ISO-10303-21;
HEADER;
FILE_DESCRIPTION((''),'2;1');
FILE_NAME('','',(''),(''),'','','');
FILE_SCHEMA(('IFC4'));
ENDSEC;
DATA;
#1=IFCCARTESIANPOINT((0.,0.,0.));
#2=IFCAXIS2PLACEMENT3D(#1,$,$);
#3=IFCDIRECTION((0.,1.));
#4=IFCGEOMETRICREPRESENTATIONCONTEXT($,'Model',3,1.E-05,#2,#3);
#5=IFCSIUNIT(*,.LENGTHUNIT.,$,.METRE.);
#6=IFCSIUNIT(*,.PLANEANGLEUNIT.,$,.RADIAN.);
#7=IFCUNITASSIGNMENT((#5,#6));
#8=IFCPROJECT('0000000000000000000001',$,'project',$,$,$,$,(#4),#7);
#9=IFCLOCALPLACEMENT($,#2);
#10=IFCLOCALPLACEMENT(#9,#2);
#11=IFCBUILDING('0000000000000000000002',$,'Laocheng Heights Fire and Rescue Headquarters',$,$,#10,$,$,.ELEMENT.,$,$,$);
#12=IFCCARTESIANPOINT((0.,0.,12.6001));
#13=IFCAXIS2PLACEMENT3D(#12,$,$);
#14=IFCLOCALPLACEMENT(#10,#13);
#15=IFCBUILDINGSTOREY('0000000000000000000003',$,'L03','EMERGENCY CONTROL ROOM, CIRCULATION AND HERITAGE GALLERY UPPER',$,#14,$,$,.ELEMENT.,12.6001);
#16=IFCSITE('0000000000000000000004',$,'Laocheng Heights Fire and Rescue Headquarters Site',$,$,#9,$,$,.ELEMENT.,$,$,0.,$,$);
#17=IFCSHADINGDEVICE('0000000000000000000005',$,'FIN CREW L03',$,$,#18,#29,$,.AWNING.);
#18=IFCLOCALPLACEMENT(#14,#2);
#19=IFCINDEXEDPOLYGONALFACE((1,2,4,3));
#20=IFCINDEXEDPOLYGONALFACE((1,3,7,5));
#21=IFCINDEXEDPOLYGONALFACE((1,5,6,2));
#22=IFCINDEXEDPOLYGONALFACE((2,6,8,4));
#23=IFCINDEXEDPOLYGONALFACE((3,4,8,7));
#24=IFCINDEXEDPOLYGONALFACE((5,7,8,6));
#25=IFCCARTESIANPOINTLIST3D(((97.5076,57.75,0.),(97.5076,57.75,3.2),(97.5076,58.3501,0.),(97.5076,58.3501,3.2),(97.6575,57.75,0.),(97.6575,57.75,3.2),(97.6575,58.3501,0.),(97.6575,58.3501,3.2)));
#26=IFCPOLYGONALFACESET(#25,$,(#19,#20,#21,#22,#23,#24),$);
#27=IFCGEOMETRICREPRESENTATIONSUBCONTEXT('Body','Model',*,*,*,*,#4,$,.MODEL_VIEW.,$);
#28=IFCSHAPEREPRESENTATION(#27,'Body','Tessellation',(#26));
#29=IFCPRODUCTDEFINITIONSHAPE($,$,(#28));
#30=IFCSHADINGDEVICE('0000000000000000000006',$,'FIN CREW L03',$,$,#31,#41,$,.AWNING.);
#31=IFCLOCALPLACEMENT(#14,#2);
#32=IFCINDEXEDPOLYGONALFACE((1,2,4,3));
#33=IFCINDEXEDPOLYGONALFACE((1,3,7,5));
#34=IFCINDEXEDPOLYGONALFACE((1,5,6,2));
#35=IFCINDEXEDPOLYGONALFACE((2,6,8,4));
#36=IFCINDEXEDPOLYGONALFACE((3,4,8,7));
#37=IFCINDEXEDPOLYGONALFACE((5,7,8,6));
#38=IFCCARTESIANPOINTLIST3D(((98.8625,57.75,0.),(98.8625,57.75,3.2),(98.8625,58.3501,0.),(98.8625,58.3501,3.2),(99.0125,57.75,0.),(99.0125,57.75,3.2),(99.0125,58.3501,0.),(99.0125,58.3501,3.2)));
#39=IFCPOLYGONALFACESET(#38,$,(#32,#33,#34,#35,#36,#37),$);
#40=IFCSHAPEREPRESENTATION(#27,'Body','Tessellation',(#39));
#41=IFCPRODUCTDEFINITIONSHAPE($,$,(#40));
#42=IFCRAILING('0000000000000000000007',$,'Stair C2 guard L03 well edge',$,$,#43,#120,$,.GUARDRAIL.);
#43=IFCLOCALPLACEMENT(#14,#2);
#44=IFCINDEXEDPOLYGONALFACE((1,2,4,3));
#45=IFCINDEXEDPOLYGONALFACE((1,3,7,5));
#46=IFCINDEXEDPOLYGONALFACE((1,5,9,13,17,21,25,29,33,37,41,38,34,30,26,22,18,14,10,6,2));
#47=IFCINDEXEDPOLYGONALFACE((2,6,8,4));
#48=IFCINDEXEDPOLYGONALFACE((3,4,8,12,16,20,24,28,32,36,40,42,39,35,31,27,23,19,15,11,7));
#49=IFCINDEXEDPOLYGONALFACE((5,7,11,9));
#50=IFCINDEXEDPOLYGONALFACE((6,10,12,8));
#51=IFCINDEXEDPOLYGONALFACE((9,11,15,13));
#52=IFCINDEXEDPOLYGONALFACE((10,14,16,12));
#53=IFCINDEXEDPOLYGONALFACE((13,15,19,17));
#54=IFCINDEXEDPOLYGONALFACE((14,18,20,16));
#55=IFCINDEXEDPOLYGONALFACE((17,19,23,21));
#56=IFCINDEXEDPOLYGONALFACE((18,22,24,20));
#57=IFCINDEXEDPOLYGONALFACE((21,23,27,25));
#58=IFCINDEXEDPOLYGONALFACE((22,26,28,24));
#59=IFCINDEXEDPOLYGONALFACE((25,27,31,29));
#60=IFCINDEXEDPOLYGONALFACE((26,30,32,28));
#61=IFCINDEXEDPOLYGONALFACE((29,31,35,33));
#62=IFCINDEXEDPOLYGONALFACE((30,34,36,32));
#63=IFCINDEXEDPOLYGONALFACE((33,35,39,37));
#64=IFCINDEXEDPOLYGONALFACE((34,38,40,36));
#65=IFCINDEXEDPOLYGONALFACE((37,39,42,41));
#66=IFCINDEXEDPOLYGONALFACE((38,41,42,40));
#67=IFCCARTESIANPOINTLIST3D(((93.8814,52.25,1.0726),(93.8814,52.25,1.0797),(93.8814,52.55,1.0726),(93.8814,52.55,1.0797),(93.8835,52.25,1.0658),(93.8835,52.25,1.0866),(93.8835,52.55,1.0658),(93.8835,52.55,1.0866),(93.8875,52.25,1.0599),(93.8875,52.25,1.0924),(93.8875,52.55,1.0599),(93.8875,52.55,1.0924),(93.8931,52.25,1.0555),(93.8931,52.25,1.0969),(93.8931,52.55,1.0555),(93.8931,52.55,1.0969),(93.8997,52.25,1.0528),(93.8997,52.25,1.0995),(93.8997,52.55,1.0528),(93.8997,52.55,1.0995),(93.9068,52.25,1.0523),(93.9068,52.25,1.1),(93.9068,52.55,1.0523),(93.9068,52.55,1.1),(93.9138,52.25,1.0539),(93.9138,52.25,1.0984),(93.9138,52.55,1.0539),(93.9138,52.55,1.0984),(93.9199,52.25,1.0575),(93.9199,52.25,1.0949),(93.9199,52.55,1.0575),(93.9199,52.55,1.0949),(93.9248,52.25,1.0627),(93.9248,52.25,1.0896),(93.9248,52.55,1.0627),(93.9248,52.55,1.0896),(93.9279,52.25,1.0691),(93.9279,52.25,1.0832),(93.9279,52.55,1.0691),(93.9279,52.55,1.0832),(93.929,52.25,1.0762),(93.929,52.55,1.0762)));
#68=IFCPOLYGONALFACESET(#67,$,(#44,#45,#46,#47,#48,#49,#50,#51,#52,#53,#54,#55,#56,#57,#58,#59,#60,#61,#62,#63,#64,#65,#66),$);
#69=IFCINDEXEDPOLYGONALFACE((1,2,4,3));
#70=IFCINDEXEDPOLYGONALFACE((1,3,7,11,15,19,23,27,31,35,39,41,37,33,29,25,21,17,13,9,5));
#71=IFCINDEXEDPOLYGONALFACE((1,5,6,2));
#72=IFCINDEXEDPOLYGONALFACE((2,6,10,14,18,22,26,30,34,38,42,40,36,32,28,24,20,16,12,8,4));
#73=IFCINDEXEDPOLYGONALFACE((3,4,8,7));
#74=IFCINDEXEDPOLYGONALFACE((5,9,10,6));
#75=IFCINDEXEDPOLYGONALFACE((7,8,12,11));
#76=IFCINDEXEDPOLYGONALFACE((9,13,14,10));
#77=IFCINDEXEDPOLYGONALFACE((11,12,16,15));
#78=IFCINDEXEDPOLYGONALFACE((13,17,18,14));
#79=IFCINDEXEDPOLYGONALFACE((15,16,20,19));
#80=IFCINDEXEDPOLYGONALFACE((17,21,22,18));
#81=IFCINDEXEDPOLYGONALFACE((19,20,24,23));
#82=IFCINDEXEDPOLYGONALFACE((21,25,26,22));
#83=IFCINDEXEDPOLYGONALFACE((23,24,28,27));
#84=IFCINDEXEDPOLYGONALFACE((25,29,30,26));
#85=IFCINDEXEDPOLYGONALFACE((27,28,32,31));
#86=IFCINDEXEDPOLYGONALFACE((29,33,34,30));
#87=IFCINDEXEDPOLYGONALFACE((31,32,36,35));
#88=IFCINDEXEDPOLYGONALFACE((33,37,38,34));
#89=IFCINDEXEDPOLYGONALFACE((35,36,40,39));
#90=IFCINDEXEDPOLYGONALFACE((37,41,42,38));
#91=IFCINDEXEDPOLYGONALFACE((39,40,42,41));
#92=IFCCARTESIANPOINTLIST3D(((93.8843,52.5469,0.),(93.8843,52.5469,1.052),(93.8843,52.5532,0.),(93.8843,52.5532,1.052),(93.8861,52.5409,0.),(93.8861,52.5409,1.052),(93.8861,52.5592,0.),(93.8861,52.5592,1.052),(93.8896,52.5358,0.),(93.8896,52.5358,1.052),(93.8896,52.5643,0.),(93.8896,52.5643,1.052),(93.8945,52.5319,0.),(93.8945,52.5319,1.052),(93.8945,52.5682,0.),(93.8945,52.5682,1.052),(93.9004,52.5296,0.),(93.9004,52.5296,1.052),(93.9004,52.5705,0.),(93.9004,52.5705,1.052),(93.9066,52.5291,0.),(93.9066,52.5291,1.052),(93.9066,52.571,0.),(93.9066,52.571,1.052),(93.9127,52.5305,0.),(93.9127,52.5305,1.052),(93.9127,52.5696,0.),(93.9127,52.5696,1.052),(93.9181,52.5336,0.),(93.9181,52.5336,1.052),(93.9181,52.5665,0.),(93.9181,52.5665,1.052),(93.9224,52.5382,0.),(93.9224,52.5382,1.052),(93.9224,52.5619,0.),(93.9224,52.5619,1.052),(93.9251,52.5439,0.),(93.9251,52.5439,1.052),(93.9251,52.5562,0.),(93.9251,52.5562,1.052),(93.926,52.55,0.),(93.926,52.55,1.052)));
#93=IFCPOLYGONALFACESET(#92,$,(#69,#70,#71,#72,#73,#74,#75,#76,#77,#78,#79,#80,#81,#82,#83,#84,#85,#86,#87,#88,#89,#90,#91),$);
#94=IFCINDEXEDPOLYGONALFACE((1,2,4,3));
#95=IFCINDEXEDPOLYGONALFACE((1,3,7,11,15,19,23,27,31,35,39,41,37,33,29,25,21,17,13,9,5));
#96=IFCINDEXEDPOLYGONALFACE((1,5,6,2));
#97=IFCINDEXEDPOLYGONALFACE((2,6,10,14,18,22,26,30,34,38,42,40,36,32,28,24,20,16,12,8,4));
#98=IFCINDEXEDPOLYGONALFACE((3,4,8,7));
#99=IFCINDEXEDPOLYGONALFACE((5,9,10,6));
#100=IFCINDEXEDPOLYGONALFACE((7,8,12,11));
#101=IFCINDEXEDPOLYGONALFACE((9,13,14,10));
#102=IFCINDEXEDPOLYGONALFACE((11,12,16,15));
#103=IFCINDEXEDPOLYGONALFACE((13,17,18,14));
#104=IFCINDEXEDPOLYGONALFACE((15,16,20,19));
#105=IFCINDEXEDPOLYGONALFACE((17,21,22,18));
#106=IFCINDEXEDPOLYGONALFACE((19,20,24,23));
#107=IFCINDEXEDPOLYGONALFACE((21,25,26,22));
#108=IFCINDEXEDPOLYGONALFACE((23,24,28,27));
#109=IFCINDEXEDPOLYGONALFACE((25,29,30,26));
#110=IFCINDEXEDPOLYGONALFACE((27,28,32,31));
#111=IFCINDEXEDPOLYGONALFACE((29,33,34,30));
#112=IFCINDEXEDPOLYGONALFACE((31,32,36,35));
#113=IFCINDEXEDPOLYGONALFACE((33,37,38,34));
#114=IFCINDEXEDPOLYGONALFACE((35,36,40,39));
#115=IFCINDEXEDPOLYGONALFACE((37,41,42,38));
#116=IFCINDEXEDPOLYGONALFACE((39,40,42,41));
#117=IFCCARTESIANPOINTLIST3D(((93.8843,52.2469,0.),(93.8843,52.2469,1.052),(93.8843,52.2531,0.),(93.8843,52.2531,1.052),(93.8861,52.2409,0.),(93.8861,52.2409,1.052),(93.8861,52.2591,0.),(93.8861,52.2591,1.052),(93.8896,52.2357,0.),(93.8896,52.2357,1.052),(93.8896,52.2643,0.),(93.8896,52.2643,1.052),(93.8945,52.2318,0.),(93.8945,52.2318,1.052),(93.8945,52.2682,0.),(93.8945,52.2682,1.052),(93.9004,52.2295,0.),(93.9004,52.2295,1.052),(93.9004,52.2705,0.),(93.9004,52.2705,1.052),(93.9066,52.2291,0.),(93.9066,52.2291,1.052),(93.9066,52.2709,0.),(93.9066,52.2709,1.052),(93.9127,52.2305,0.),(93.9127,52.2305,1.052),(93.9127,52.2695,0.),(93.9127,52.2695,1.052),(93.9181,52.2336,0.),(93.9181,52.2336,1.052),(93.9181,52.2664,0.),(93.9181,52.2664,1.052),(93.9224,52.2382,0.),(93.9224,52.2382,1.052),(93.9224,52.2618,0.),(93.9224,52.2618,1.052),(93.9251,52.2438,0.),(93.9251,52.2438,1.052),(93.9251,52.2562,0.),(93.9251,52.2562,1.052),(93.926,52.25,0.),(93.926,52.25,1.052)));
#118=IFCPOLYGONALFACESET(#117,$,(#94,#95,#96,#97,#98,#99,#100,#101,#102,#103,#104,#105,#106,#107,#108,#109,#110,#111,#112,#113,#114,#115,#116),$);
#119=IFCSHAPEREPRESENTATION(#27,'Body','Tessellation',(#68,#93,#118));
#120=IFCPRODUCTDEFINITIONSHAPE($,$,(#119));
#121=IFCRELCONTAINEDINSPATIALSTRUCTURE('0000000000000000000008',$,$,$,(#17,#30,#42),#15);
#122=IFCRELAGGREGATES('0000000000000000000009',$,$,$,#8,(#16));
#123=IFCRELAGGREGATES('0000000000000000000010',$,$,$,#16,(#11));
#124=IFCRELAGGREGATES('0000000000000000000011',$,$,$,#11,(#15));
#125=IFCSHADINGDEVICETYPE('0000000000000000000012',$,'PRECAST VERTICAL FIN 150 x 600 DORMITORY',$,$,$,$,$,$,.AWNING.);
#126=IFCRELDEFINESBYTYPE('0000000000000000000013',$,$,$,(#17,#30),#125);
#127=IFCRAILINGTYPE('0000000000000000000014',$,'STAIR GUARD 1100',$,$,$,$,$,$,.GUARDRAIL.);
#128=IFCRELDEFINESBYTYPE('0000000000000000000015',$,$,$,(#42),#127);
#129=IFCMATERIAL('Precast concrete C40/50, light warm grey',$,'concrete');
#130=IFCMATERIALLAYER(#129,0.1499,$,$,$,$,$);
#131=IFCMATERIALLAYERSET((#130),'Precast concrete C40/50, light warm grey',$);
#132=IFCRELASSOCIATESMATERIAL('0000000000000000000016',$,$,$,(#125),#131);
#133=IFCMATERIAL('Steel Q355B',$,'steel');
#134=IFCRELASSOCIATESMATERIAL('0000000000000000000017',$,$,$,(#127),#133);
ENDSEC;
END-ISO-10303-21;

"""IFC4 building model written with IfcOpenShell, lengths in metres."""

from ifc_helpers import new_model, si_unit, direction, frame, origin, origin_2d, place, context, subcontext, project, spatial, rectangle, circle, extrude, material, layer, layer_set, type_object, element, save


model = new_model("IFC4")

# Units and contexts
model_context = context("Model", 3, precision=1e-05, world=origin(), true_north=direction((0.0, 1.0)))
body_context = subcontext(model_context, "Body", "Model", "MODEL_VIEW")
ifc_project = project(units=[si_unit("LENGTHUNIT", "METRE"), si_unit("PLANEANGLEUNIT", "RADIAN")], contexts=[model_context])

# Site, building, storey
site_placement = place(None, origin())
site = spatial("IfcSite", under=ifc_project, at=site_placement, Name="Laocheng Heights Fire and Rescue Headquarters Site", CompositionType="ELEMENT", RefElevation=0.0)
building_placement = place(site_placement, origin())
building = spatial("IfcBuilding", under=site, at=building_placement, Name="Laocheng Heights Fire and Rescue Headquarters", CompositionType="ELEMENT")
storey_placement = place(building_placement, frame((0.0, 0.0, 12.6001)))
storey = spatial("IfcBuildingStorey", under=building, at=storey_placement, Name="L03", Description="EMERGENCY CONTROL ROOM, CIRCULATION AND HERITAGE GALLERY UPPER", CompositionType="ELEMENT", Elevation=12.6001)

# Shading devices
ifc_material_1 = material(Name="Precast concrete C40/50, light warm grey", Category="concrete")
ifc_layer_1 = layer(ifc_material_1, 0.1499)
ifc_layer_set_1 = layer_set([ifc_layer_1], Name="Precast concrete C40/50, light warm grey")
shading_device_type = type_object("IfcShadingDeviceType", Name="PRECAST VERTICAL FIN 150 x 600 DORMITORY", PredefinedType="AWNING", material=ifc_layer_set_1)
for number, where, z_axis, x_axis, name in (
    (1, (97.5825, 58.05, 0.0), (0.0, 0.0, 1.0), (1.0, 0.0, 0.0), "FIN CREW L03"),
    (2, (98.9375, 58.05, 0.0), (0.0, 0.0, 1.0), (1.0, 0.0, 0.0), "FIN CREW L03"),
):
    element("IfcShadingDevice", number, at=place(storey_placement, frame(where, z_axis=z_axis, x_axis=x_axis)), inside=storey, type_object=shading_device_type, Name=name, PredefinedType="AWNING", context=body_context, shape_type="SweptSolid", body=[
        extrude(rectangle(XDim=0.1499, YDim=0.6001, at=origin_2d()), origin(), (0.0, 0.0, 1.0), 3.2),
    ])

# Railing
ifc_material_2 = material(Name="Steel Q355B", Category="steel")
railing_type_1 = type_object("IfcRailingType", Name="STAIR GUARD 1100", PredefinedType="GUARDRAIL", material=ifc_material_2)
railing_1_placement = place(storey_placement, frame((93.905, 52.55, 0.0)))
element("IfcRailing", 3, at=railing_1_placement, inside=storey, type_object=railing_type_1, Name="Stair C2 guard L03 well edge", PredefinedType="GUARDRAIL", context=body_context, shape_type="SweptSolid", body=[
    extrude(circle(Radius=0.0239, at=origin_2d()), frame((0.0, 0.0, 1.0762), z_axis=(0.0, -1.0, 0.0), x_axis=(1.0, 0.0, 0.0)), (0.0, 0.0, 1.0), 0.3),
    extrude(circle(Radius=0.021, at=origin_2d()), origin(), (0.0, 0.0, 1.0), 1.052),
    extrude(circle(Radius=0.021, at=origin_2d()), frame((0.0, -0.3, 0.0)), (0.0, 0.0, 1.0), 1.052),
])

save(model, "model.ifc")
